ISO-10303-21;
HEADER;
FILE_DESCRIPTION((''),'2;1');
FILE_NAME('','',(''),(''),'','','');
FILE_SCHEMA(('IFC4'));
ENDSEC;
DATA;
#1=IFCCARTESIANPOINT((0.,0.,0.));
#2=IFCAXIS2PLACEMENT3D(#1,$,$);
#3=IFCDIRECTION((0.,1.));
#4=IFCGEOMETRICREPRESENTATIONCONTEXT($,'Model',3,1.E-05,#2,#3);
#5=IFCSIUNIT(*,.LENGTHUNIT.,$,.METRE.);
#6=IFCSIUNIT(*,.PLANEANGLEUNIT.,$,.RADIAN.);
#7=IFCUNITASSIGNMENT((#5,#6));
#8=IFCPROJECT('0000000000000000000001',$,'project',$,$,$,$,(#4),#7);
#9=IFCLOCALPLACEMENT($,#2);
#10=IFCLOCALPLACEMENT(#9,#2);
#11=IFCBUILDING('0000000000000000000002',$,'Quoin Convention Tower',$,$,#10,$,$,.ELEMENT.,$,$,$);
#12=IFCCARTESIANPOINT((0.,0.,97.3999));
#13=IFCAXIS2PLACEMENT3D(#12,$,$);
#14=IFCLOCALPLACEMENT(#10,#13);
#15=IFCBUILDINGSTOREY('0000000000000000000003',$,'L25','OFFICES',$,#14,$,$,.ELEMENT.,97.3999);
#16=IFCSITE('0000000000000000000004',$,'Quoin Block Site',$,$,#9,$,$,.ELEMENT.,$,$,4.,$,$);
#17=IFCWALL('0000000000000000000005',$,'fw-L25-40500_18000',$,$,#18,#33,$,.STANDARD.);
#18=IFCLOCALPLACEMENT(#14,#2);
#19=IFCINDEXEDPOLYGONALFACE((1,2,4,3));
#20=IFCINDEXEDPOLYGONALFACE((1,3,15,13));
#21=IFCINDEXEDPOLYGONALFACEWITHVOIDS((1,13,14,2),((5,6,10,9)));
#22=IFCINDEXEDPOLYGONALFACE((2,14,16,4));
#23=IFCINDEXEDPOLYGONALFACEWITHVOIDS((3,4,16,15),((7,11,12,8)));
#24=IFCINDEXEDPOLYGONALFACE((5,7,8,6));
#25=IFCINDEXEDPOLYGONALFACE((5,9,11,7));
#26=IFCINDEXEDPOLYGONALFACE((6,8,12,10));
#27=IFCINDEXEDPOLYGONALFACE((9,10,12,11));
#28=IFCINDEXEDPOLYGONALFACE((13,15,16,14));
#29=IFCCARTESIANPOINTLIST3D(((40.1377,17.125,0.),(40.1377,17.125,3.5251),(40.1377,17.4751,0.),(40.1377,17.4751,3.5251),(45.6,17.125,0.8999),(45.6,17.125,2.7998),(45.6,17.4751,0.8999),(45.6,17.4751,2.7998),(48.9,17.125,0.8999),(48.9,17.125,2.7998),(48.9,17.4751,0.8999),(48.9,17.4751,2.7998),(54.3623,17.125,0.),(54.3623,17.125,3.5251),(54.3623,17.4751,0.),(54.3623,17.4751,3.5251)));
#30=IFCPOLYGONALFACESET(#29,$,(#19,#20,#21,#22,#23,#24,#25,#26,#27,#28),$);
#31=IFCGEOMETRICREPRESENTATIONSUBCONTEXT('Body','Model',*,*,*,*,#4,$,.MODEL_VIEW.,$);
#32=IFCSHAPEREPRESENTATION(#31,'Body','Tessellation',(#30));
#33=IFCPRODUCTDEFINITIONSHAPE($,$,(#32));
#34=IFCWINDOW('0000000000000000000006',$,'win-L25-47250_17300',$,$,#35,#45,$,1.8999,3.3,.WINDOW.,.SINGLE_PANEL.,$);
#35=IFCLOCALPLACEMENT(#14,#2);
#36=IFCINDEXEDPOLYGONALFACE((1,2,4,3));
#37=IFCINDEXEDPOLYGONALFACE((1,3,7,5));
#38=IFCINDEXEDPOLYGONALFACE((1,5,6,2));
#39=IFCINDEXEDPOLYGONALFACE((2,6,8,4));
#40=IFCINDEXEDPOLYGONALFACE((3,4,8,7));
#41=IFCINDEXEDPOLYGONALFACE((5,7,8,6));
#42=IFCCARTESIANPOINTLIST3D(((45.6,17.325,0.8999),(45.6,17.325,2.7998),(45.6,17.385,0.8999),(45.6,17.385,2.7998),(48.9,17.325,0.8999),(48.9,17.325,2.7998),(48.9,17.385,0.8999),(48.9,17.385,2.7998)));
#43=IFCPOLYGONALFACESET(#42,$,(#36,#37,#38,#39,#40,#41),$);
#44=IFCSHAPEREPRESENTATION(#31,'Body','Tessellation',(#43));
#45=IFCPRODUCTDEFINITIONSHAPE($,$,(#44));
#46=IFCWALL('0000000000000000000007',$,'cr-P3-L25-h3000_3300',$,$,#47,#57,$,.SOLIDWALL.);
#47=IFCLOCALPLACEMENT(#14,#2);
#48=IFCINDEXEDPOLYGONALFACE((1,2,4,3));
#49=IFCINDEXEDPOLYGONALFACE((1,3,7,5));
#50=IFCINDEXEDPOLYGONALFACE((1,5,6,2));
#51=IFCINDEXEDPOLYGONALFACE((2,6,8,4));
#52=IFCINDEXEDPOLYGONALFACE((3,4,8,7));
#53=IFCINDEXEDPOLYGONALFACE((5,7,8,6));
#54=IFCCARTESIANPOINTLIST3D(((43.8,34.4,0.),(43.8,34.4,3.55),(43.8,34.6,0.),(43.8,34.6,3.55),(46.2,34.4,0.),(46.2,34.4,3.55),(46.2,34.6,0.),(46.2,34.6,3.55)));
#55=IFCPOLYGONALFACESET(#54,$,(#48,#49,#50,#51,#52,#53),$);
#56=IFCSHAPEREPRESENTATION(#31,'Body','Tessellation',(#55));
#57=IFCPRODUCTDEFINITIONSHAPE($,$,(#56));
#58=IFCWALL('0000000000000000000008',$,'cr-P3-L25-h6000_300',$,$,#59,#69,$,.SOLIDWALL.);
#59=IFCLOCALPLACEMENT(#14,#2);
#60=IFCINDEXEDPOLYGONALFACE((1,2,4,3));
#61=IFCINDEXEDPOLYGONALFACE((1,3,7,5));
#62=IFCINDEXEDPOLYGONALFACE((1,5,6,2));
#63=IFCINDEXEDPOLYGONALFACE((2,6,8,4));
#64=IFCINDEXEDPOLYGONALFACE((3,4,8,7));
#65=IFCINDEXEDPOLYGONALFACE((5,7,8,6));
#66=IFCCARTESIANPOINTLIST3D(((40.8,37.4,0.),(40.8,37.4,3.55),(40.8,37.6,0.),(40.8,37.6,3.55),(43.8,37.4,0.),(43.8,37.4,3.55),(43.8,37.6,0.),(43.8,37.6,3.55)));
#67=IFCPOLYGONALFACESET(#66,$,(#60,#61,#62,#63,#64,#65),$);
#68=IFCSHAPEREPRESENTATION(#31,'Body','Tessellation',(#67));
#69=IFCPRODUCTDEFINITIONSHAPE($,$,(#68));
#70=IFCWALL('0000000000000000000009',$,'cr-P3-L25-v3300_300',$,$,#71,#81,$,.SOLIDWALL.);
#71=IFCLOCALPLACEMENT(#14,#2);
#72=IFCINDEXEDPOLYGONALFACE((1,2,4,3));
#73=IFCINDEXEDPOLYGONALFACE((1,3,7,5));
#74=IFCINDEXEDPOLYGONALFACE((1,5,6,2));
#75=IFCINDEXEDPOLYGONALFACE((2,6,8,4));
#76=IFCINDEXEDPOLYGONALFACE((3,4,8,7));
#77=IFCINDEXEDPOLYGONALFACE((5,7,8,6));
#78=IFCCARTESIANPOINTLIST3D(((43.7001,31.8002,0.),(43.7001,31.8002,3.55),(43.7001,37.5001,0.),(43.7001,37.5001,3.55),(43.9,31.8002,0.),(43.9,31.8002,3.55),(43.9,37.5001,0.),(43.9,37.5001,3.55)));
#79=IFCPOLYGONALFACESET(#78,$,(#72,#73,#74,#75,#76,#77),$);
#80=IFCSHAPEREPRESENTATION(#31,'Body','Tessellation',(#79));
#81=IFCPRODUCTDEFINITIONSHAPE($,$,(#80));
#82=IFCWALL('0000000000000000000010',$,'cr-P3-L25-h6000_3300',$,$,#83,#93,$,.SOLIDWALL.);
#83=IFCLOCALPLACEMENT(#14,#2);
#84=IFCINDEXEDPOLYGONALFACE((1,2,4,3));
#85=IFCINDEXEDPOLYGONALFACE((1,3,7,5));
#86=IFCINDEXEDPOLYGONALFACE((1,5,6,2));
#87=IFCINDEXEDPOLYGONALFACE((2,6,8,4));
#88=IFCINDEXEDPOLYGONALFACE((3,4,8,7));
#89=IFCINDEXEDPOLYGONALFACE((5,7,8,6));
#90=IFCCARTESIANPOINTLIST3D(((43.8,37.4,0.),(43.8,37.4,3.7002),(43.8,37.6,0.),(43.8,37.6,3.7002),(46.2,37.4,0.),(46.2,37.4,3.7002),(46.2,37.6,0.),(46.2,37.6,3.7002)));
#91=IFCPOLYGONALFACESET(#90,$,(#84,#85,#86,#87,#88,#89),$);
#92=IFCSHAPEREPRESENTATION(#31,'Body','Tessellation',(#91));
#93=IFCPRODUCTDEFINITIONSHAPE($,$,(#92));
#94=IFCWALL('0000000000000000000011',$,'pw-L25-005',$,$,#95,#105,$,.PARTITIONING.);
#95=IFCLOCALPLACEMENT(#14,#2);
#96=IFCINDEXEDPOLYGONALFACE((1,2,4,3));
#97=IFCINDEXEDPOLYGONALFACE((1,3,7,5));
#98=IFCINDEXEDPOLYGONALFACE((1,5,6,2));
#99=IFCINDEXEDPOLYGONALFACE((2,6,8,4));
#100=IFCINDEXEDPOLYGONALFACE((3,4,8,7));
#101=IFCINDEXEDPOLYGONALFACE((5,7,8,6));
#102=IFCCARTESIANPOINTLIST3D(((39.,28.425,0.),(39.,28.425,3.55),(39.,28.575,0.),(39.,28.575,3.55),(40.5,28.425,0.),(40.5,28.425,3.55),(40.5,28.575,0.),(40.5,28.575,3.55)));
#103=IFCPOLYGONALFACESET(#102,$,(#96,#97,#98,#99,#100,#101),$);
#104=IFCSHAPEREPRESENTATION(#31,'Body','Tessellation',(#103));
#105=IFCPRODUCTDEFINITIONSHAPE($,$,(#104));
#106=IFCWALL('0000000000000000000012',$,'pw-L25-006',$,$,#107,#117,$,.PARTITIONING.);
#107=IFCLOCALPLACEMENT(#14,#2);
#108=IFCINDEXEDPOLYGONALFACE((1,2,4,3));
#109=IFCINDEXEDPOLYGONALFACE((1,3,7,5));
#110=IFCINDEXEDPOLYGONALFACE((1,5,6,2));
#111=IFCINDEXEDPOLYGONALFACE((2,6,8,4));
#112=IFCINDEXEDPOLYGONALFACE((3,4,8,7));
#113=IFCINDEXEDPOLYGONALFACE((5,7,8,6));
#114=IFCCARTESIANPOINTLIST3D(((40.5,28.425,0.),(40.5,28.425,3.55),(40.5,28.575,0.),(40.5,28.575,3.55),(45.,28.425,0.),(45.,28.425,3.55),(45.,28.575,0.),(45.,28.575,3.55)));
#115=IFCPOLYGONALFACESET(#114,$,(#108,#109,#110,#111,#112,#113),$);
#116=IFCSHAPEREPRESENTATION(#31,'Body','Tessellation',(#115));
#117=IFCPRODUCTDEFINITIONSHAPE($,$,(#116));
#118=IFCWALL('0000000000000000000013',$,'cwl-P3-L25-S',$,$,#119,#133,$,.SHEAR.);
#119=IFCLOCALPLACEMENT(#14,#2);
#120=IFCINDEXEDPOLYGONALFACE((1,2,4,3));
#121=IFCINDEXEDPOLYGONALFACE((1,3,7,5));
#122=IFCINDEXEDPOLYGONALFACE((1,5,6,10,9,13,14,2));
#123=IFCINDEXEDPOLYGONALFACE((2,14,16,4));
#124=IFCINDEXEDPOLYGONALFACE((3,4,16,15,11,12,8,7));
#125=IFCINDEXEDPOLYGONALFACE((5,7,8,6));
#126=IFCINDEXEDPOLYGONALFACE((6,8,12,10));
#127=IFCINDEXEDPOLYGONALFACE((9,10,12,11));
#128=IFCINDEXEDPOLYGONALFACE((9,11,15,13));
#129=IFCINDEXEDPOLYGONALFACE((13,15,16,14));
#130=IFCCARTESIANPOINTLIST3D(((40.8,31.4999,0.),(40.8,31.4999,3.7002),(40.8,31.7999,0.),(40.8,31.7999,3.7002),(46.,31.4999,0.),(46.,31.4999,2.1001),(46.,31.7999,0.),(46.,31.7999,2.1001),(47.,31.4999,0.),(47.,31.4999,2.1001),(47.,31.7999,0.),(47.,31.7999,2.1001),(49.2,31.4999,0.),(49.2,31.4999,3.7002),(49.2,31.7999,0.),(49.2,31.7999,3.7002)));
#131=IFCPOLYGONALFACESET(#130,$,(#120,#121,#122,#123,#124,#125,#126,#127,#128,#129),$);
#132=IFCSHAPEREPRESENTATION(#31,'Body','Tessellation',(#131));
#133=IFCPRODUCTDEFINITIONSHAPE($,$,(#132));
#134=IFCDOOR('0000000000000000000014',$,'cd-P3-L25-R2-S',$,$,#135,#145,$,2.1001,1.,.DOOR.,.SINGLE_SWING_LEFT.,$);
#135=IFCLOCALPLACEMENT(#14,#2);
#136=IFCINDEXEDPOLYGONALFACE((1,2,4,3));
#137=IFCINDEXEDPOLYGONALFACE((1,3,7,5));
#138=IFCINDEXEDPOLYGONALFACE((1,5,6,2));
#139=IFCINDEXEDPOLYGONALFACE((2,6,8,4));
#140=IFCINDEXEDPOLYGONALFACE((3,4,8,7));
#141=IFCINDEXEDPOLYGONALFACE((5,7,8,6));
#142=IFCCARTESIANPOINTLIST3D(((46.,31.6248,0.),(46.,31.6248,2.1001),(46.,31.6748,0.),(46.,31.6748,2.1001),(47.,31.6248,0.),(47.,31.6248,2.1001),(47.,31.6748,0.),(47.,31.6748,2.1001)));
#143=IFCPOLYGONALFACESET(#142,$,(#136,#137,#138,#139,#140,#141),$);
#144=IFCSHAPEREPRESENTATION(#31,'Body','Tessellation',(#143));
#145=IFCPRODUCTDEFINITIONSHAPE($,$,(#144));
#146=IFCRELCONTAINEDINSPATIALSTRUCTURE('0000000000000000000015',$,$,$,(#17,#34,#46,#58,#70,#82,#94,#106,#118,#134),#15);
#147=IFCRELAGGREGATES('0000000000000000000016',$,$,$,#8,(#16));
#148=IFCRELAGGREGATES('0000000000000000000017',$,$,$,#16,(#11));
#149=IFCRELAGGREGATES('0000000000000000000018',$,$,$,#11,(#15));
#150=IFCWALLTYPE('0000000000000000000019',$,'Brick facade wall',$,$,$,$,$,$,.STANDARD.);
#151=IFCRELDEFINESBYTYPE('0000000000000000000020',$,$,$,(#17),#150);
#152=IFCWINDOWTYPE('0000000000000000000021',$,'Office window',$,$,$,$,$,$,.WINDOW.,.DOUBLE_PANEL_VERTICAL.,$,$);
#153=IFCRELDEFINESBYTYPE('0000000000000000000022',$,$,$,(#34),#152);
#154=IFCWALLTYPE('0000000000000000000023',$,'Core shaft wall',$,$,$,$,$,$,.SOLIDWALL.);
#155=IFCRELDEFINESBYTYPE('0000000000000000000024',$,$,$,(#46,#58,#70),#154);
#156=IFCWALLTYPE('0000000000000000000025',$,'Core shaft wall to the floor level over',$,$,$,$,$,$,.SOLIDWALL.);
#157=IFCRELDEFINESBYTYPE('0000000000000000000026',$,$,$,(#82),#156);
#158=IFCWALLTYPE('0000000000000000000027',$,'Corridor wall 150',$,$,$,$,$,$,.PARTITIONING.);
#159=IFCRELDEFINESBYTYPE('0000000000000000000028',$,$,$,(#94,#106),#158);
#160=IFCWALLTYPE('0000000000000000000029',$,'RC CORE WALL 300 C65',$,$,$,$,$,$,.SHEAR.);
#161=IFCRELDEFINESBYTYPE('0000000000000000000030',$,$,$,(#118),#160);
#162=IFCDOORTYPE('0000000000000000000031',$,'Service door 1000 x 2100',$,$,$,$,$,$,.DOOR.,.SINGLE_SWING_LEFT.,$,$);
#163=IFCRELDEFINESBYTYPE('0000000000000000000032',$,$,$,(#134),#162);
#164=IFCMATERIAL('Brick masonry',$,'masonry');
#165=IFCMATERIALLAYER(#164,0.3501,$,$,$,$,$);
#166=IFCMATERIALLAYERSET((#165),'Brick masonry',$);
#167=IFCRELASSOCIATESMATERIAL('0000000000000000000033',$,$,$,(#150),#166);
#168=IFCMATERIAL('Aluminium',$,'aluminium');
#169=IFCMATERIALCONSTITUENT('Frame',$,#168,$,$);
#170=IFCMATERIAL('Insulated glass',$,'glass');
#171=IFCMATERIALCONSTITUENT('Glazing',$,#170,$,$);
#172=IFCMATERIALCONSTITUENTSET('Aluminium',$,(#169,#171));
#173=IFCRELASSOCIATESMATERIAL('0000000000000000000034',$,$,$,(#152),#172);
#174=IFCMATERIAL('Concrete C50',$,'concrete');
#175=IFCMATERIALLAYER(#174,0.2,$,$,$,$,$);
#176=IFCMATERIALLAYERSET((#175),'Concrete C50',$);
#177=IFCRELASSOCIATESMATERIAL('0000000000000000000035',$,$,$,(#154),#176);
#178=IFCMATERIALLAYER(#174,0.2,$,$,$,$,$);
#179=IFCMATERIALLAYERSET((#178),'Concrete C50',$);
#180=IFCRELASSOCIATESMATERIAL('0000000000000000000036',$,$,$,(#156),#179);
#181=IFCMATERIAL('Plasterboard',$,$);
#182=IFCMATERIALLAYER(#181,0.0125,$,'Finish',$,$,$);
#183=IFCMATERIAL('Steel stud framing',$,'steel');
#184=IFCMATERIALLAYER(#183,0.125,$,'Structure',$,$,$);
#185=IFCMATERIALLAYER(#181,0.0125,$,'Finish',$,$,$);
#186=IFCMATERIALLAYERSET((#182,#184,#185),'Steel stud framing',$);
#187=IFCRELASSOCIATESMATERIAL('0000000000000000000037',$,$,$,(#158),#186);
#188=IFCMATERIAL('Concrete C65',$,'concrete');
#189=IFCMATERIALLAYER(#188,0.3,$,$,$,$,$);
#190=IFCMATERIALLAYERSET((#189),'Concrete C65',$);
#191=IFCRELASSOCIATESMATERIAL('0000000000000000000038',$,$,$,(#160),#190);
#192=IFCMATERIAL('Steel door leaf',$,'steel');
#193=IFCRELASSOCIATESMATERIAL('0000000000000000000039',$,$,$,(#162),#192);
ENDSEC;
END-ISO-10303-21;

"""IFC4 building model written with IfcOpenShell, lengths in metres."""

from ifc_helpers import new_model, si_unit, direction, frame, frame_2d, origin, place, context, subcontext, project, spatial, rectangle, extrude, material, layer, layer_set, constituent, constituent_set, type_object, element, fill, save


model = new_model("IFC4")

# Units and contexts
model_context = context("Model", 3, precision=1e-05, world=origin(), true_north=direction((0.0, 1.0)))
body_context = subcontext(model_context, "Body", "Model", "MODEL_VIEW")
ifc_project = project(units=[si_unit("LENGTHUNIT", "METRE"), si_unit("PLANEANGLEUNIT", "RADIAN")], contexts=[model_context])

# Site, building, storey
site_placement = place(None, origin())
site = spatial("IfcSite", under=ifc_project, at=site_placement, Name="Quoin Block Site", CompositionType="ELEMENT", RefElevation=4.0)
building_placement = place(site_placement, origin())
building = spatial("IfcBuilding", under=site, at=building_placement, Name="Quoin Convention Tower", CompositionType="ELEMENT")
storey_placement = place(building_placement, frame((0.0, 0.0, 97.3999)))
storey = spatial("IfcBuildingStorey", under=building, at=storey_placement, Name="L25", Description="OFFICES", CompositionType="ELEMENT", Elevation=97.3999)

# Shared definitions
ifc_material_1 = material(Name="Concrete C65", Category="concrete")

# Shared definitions
ifc_material_2 = material(Name="Plasterboard")
ifc_material_3 = material(Name="Steel stud framing", Category="steel")
ifc_material_4 = material(Name="Steel door leaf", Category="steel")

# Wall, opening, window
ifc_material_5 = material(Name="Brick masonry", Category="masonry")
ifc_layer_1 = layer(ifc_material_5, 0.3501)
ifc_layer_set_1 = layer_set([ifc_layer_1], Name="Brick masonry")
wall_type_1 = type_object("IfcWallType", Name="Brick facade wall", PredefinedType="STANDARD", material=ifc_layer_set_1)
wall_1_placement = place(storey_placement, frame((40.1377, 17.3, 0.0), z_axis=(0.0, 0.0, 1.0), x_axis=(1.0, 0.0, 0.0)))
wall_1 = element("IfcWall", 1, at=wall_1_placement, inside=storey, type_object=wall_type_1, Name="fw-L25-40500_18000", PredefinedType="STANDARD", context=body_context, shape_type="SweptSolid", body=[
    extrude(rectangle(XDim=14.2246, YDim=0.3501, at=frame_2d((7.1123, 0.0))), origin(), (0.0, 0.0, 1.0), 3.5251),
])
opening_1_placement = place(wall_1_placement, frame((5.4624, 0.0, 0.8999)))
opening_1 = element("IfcOpeningElement", 2, at=opening_1_placement, cuts=wall_1, PredefinedType="OPENING", context=body_context, shape_type="SweptSolid", body=[
    extrude(rectangle(XDim=3.3, YDim=1.8999, at=frame_2d((1.6499, 0.95))), frame((0.0, 0.1851, 0.0), z_axis=(0.0, -1.0, 0.0), x_axis=(1.0, 0.0, 0.0)), (0.0, 0.0, 1.0), 0.3701),
])
ifc_material_6 = material(Name="Aluminium", Category="aluminium")
ifc_constituent_1 = constituent(ifc_material_6, Name="Frame")
ifc_material_7 = material(Name="Insulated glass", Category="glass")
ifc_constituent_2 = constituent(ifc_material_7, Name="Glazing")
ifc_constituent_set = constituent_set(constituents=[ifc_constituent_1, ifc_constituent_2], Name="Aluminium")
window_type = type_object("IfcWindowType", Name="Office window", PartitioningType="DOUBLE_PANEL_VERTICAL", PredefinedType="WINDOW", material=ifc_constituent_set)
window_placement = place(opening_1_placement, origin())
window = element("IfcWindow", 3, at=window_placement, inside=storey, type_object=window_type, Name="win-L25-47250_17300", OverallHeight=1.8999, OverallWidth=3.3, PartitioningType="SINGLE_PANEL", PredefinedType="WINDOW", context=body_context, shape_type="SweptSolid", body=[
    extrude(rectangle(XDim=3.3, YDim=1.8999, at=frame_2d((1.6499, 0.95))), frame((0.0, 0.085, 0.0), z_axis=(0.0, -1.0, 0.0), x_axis=(1.0, 0.0, 0.0)), (0.0, 0.0, 1.0), 0.0601),
])
fill(opening_1, window)

# Walls
ifc_material_8 = material(Name="Concrete C50", Category="concrete")
ifc_layer_2 = layer(ifc_material_8, 0.2)
ifc_layer_set_2 = layer_set([ifc_layer_2], Name="Concrete C50")
wall_type_2 = type_object("IfcWallType", Name="Core shaft wall", PredefinedType="SOLIDWALL", material=ifc_layer_set_2)
wall_2_placement = place(storey_placement, frame((43.8, 34.5, 0.0), z_axis=(0.0, 0.0, 1.0), x_axis=(1.0, 0.0, 0.0)))
element("IfcWall", 4, at=wall_2_placement, inside=storey, type_object=wall_type_2, Name="cr-P3-L25-h3000_3300", PredefinedType="SOLIDWALL", context=body_context, shape_type="SweptSolid", body=[
    extrude(rectangle(XDim=2.3999, YDim=0.2, at=frame_2d((1.2, 0.0))), origin(), (0.0, 0.0, 1.0), 3.55),
])
wall_3_placement = place(storey_placement, frame((40.8, 37.5, 0.0), z_axis=(0.0, 0.0, 1.0), x_axis=(1.0, 0.0, 0.0)))
element("IfcWall", 5, at=wall_3_placement, inside=storey, type_object=wall_type_2, Name="cr-P3-L25-h6000_300", PredefinedType="SOLIDWALL", context=body_context, shape_type="SweptSolid", body=[
    extrude(rectangle(XDim=3.0, YDim=0.2, at=frame_2d((1.5, 0.0))), origin(), (0.0, 0.0, 1.0), 3.55),
])
wall_4_placement = place(storey_placement, frame((43.8, 31.8, 0.0), z_axis=(0.0, 0.0, 1.0), x_axis=(0.0, 1.0, 0.0)))
element("IfcWall", 6, at=wall_4_placement, inside=storey, type_object=wall_type_2, Name="cr-P3-L25-v3300_300", PredefinedType="SOLIDWALL", context=body_context, shape_type="SweptSolid", body=[
    extrude(rectangle(XDim=5.7, YDim=0.2, at=frame_2d((2.8501, 0.0))), origin(), (0.0, 0.0, 1.0), 3.55),
])
ifc_layer_3 = layer(ifc_material_8, 0.2)
ifc_layer_set_3 = layer_set([ifc_layer_3], Name="Concrete C50")
wall_type_3 = type_object("IfcWallType", Name="Core shaft wall to the floor level over", PredefinedType="SOLIDWALL", material=ifc_layer_set_3)
wall_5_placement = place(storey_placement, frame((43.8, 37.5, 0.0), z_axis=(0.0, 0.0, 1.0), x_axis=(1.0, 0.0, 0.0)))
element("IfcWall", 7, at=wall_5_placement, inside=storey, type_object=wall_type_3, Name="cr-P3-L25-h6000_3300", PredefinedType="SOLIDWALL", context=body_context, shape_type="SweptSolid", body=[
    extrude(rectangle(XDim=2.3999, YDim=0.2, at=frame_2d((1.2, 0.0))), origin(), (0.0, 0.0, 1.0), 3.7002),
])
ifc_layer_4 = layer(ifc_material_2, 0.0125, Name="Finish")
ifc_layer_5 = layer(ifc_material_3, 0.125, Name="Structure")
ifc_layer_6 = layer(ifc_material_2, 0.0125, Name="Finish")
ifc_layer_set_4 = layer_set([ifc_layer_4, ifc_layer_5, ifc_layer_6], Name="Steel stud framing")
wall_type_4 = type_object("IfcWallType", Name="Corridor wall 150", PredefinedType="PARTITIONING", material=ifc_layer_set_4)
wall_6_placement = place(storey_placement, frame((39.0, 28.5, 0.0), z_axis=(0.0, 0.0, 1.0), x_axis=(1.0, 0.0, 0.0)))
element("IfcWall", 8, at=wall_6_placement, inside=storey, type_object=wall_type_4, Name="pw-L25-005", PredefinedType="PARTITIONING", context=body_context, shape_type="SweptSolid", body=[
    extrude(rectangle(XDim=1.5, YDim=0.1499, at=frame_2d((0.75, 0.0))), origin(), (0.0, 0.0, 1.0), 3.55),
])
wall_7_placement = place(storey_placement, frame((40.5, 28.5, 0.0), z_axis=(0.0, 0.0, 1.0), x_axis=(1.0, 0.0, 0.0)))
element("IfcWall", 9, at=wall_7_placement, inside=storey, type_object=wall_type_4, Name="pw-L25-006", PredefinedType="PARTITIONING", context=body_context, shape_type="SweptSolid", body=[
    extrude(rectangle(XDim=4.5, YDim=0.1499, at=frame_2d((2.25, 0.0))), origin(), (0.0, 0.0, 1.0), 3.55),
])

# Wall, opening, door
ifc_layer_7 = layer(ifc_material_1, 0.3)
ifc_layer_set_5 = layer_set([ifc_layer_7], Name="Concrete C65")
wall_type_5 = type_object("IfcWallType", Name="RC CORE WALL 300 C65", PredefinedType="SHEAR", material=ifc_layer_set_5)
wall_8_placement = place(storey_placement, frame((40.8, 31.6499, 0.0), z_axis=(0.0, 0.0, 1.0), x_axis=(1.0, 0.0, 0.0)))
wall_8 = element("IfcWall", 10, at=wall_8_placement, inside=storey, type_object=wall_type_5, Name="cwl-P3-L25-S", PredefinedType="SHEAR", context=body_context, shape_type="SweptSolid", body=[
    extrude(rectangle(XDim=8.3999, YDim=0.3, at=frame_2d((4.2, 0.0))), origin(), (0.0, 0.0, 1.0), 3.7002),
])
opening_2_placement = place(wall_8_placement, frame((5.2, 0.0, 0.0)))
opening_2 = element("IfcOpeningElement", 11, at=opening_2_placement, cuts=wall_8, PredefinedType="OPENING", context=body_context, shape_type="SweptSolid", body=[
    extrude(rectangle(XDim=1.0, YDim=2.1001, at=frame_2d((0.5, 1.05))), frame((0.0, 0.1599, 0.0), z_axis=(0.0, -1.0, 0.0), x_axis=(1.0, 0.0, 0.0)), (0.0, 0.0, 1.0), 0.3201),
])
door_type_1 = type_object("IfcDoorType", Name="Service door 1000 x 2100", OperationType="SINGLE_SWING_LEFT", PredefinedType="DOOR", material=ifc_material_4)
door_1_placement = place(opening_2_placement, origin())
door_1 = element("IfcDoor", 12, at=door_1_placement, inside=storey, type_object=door_type_1, Name="cd-P3-L25-R2-S", OperationType="SINGLE_SWING_LEFT", OverallHeight=2.1001, OverallWidth=1.0, PredefinedType="DOOR", context=body_context, shape_type="SweptSolid", body=[
    extrude(rectangle(XDim=1.0, YDim=2.1001, at=frame_2d((0.5, 1.05))), frame((0.0, 0.0249, 0.0), z_axis=(0.0, -1.0, 0.0), x_axis=(1.0, 0.0, 0.0)), (0.0, 0.0, 1.0), 0.05),
])
fill(opening_2, door_1)

save(model, "model.ifc")
